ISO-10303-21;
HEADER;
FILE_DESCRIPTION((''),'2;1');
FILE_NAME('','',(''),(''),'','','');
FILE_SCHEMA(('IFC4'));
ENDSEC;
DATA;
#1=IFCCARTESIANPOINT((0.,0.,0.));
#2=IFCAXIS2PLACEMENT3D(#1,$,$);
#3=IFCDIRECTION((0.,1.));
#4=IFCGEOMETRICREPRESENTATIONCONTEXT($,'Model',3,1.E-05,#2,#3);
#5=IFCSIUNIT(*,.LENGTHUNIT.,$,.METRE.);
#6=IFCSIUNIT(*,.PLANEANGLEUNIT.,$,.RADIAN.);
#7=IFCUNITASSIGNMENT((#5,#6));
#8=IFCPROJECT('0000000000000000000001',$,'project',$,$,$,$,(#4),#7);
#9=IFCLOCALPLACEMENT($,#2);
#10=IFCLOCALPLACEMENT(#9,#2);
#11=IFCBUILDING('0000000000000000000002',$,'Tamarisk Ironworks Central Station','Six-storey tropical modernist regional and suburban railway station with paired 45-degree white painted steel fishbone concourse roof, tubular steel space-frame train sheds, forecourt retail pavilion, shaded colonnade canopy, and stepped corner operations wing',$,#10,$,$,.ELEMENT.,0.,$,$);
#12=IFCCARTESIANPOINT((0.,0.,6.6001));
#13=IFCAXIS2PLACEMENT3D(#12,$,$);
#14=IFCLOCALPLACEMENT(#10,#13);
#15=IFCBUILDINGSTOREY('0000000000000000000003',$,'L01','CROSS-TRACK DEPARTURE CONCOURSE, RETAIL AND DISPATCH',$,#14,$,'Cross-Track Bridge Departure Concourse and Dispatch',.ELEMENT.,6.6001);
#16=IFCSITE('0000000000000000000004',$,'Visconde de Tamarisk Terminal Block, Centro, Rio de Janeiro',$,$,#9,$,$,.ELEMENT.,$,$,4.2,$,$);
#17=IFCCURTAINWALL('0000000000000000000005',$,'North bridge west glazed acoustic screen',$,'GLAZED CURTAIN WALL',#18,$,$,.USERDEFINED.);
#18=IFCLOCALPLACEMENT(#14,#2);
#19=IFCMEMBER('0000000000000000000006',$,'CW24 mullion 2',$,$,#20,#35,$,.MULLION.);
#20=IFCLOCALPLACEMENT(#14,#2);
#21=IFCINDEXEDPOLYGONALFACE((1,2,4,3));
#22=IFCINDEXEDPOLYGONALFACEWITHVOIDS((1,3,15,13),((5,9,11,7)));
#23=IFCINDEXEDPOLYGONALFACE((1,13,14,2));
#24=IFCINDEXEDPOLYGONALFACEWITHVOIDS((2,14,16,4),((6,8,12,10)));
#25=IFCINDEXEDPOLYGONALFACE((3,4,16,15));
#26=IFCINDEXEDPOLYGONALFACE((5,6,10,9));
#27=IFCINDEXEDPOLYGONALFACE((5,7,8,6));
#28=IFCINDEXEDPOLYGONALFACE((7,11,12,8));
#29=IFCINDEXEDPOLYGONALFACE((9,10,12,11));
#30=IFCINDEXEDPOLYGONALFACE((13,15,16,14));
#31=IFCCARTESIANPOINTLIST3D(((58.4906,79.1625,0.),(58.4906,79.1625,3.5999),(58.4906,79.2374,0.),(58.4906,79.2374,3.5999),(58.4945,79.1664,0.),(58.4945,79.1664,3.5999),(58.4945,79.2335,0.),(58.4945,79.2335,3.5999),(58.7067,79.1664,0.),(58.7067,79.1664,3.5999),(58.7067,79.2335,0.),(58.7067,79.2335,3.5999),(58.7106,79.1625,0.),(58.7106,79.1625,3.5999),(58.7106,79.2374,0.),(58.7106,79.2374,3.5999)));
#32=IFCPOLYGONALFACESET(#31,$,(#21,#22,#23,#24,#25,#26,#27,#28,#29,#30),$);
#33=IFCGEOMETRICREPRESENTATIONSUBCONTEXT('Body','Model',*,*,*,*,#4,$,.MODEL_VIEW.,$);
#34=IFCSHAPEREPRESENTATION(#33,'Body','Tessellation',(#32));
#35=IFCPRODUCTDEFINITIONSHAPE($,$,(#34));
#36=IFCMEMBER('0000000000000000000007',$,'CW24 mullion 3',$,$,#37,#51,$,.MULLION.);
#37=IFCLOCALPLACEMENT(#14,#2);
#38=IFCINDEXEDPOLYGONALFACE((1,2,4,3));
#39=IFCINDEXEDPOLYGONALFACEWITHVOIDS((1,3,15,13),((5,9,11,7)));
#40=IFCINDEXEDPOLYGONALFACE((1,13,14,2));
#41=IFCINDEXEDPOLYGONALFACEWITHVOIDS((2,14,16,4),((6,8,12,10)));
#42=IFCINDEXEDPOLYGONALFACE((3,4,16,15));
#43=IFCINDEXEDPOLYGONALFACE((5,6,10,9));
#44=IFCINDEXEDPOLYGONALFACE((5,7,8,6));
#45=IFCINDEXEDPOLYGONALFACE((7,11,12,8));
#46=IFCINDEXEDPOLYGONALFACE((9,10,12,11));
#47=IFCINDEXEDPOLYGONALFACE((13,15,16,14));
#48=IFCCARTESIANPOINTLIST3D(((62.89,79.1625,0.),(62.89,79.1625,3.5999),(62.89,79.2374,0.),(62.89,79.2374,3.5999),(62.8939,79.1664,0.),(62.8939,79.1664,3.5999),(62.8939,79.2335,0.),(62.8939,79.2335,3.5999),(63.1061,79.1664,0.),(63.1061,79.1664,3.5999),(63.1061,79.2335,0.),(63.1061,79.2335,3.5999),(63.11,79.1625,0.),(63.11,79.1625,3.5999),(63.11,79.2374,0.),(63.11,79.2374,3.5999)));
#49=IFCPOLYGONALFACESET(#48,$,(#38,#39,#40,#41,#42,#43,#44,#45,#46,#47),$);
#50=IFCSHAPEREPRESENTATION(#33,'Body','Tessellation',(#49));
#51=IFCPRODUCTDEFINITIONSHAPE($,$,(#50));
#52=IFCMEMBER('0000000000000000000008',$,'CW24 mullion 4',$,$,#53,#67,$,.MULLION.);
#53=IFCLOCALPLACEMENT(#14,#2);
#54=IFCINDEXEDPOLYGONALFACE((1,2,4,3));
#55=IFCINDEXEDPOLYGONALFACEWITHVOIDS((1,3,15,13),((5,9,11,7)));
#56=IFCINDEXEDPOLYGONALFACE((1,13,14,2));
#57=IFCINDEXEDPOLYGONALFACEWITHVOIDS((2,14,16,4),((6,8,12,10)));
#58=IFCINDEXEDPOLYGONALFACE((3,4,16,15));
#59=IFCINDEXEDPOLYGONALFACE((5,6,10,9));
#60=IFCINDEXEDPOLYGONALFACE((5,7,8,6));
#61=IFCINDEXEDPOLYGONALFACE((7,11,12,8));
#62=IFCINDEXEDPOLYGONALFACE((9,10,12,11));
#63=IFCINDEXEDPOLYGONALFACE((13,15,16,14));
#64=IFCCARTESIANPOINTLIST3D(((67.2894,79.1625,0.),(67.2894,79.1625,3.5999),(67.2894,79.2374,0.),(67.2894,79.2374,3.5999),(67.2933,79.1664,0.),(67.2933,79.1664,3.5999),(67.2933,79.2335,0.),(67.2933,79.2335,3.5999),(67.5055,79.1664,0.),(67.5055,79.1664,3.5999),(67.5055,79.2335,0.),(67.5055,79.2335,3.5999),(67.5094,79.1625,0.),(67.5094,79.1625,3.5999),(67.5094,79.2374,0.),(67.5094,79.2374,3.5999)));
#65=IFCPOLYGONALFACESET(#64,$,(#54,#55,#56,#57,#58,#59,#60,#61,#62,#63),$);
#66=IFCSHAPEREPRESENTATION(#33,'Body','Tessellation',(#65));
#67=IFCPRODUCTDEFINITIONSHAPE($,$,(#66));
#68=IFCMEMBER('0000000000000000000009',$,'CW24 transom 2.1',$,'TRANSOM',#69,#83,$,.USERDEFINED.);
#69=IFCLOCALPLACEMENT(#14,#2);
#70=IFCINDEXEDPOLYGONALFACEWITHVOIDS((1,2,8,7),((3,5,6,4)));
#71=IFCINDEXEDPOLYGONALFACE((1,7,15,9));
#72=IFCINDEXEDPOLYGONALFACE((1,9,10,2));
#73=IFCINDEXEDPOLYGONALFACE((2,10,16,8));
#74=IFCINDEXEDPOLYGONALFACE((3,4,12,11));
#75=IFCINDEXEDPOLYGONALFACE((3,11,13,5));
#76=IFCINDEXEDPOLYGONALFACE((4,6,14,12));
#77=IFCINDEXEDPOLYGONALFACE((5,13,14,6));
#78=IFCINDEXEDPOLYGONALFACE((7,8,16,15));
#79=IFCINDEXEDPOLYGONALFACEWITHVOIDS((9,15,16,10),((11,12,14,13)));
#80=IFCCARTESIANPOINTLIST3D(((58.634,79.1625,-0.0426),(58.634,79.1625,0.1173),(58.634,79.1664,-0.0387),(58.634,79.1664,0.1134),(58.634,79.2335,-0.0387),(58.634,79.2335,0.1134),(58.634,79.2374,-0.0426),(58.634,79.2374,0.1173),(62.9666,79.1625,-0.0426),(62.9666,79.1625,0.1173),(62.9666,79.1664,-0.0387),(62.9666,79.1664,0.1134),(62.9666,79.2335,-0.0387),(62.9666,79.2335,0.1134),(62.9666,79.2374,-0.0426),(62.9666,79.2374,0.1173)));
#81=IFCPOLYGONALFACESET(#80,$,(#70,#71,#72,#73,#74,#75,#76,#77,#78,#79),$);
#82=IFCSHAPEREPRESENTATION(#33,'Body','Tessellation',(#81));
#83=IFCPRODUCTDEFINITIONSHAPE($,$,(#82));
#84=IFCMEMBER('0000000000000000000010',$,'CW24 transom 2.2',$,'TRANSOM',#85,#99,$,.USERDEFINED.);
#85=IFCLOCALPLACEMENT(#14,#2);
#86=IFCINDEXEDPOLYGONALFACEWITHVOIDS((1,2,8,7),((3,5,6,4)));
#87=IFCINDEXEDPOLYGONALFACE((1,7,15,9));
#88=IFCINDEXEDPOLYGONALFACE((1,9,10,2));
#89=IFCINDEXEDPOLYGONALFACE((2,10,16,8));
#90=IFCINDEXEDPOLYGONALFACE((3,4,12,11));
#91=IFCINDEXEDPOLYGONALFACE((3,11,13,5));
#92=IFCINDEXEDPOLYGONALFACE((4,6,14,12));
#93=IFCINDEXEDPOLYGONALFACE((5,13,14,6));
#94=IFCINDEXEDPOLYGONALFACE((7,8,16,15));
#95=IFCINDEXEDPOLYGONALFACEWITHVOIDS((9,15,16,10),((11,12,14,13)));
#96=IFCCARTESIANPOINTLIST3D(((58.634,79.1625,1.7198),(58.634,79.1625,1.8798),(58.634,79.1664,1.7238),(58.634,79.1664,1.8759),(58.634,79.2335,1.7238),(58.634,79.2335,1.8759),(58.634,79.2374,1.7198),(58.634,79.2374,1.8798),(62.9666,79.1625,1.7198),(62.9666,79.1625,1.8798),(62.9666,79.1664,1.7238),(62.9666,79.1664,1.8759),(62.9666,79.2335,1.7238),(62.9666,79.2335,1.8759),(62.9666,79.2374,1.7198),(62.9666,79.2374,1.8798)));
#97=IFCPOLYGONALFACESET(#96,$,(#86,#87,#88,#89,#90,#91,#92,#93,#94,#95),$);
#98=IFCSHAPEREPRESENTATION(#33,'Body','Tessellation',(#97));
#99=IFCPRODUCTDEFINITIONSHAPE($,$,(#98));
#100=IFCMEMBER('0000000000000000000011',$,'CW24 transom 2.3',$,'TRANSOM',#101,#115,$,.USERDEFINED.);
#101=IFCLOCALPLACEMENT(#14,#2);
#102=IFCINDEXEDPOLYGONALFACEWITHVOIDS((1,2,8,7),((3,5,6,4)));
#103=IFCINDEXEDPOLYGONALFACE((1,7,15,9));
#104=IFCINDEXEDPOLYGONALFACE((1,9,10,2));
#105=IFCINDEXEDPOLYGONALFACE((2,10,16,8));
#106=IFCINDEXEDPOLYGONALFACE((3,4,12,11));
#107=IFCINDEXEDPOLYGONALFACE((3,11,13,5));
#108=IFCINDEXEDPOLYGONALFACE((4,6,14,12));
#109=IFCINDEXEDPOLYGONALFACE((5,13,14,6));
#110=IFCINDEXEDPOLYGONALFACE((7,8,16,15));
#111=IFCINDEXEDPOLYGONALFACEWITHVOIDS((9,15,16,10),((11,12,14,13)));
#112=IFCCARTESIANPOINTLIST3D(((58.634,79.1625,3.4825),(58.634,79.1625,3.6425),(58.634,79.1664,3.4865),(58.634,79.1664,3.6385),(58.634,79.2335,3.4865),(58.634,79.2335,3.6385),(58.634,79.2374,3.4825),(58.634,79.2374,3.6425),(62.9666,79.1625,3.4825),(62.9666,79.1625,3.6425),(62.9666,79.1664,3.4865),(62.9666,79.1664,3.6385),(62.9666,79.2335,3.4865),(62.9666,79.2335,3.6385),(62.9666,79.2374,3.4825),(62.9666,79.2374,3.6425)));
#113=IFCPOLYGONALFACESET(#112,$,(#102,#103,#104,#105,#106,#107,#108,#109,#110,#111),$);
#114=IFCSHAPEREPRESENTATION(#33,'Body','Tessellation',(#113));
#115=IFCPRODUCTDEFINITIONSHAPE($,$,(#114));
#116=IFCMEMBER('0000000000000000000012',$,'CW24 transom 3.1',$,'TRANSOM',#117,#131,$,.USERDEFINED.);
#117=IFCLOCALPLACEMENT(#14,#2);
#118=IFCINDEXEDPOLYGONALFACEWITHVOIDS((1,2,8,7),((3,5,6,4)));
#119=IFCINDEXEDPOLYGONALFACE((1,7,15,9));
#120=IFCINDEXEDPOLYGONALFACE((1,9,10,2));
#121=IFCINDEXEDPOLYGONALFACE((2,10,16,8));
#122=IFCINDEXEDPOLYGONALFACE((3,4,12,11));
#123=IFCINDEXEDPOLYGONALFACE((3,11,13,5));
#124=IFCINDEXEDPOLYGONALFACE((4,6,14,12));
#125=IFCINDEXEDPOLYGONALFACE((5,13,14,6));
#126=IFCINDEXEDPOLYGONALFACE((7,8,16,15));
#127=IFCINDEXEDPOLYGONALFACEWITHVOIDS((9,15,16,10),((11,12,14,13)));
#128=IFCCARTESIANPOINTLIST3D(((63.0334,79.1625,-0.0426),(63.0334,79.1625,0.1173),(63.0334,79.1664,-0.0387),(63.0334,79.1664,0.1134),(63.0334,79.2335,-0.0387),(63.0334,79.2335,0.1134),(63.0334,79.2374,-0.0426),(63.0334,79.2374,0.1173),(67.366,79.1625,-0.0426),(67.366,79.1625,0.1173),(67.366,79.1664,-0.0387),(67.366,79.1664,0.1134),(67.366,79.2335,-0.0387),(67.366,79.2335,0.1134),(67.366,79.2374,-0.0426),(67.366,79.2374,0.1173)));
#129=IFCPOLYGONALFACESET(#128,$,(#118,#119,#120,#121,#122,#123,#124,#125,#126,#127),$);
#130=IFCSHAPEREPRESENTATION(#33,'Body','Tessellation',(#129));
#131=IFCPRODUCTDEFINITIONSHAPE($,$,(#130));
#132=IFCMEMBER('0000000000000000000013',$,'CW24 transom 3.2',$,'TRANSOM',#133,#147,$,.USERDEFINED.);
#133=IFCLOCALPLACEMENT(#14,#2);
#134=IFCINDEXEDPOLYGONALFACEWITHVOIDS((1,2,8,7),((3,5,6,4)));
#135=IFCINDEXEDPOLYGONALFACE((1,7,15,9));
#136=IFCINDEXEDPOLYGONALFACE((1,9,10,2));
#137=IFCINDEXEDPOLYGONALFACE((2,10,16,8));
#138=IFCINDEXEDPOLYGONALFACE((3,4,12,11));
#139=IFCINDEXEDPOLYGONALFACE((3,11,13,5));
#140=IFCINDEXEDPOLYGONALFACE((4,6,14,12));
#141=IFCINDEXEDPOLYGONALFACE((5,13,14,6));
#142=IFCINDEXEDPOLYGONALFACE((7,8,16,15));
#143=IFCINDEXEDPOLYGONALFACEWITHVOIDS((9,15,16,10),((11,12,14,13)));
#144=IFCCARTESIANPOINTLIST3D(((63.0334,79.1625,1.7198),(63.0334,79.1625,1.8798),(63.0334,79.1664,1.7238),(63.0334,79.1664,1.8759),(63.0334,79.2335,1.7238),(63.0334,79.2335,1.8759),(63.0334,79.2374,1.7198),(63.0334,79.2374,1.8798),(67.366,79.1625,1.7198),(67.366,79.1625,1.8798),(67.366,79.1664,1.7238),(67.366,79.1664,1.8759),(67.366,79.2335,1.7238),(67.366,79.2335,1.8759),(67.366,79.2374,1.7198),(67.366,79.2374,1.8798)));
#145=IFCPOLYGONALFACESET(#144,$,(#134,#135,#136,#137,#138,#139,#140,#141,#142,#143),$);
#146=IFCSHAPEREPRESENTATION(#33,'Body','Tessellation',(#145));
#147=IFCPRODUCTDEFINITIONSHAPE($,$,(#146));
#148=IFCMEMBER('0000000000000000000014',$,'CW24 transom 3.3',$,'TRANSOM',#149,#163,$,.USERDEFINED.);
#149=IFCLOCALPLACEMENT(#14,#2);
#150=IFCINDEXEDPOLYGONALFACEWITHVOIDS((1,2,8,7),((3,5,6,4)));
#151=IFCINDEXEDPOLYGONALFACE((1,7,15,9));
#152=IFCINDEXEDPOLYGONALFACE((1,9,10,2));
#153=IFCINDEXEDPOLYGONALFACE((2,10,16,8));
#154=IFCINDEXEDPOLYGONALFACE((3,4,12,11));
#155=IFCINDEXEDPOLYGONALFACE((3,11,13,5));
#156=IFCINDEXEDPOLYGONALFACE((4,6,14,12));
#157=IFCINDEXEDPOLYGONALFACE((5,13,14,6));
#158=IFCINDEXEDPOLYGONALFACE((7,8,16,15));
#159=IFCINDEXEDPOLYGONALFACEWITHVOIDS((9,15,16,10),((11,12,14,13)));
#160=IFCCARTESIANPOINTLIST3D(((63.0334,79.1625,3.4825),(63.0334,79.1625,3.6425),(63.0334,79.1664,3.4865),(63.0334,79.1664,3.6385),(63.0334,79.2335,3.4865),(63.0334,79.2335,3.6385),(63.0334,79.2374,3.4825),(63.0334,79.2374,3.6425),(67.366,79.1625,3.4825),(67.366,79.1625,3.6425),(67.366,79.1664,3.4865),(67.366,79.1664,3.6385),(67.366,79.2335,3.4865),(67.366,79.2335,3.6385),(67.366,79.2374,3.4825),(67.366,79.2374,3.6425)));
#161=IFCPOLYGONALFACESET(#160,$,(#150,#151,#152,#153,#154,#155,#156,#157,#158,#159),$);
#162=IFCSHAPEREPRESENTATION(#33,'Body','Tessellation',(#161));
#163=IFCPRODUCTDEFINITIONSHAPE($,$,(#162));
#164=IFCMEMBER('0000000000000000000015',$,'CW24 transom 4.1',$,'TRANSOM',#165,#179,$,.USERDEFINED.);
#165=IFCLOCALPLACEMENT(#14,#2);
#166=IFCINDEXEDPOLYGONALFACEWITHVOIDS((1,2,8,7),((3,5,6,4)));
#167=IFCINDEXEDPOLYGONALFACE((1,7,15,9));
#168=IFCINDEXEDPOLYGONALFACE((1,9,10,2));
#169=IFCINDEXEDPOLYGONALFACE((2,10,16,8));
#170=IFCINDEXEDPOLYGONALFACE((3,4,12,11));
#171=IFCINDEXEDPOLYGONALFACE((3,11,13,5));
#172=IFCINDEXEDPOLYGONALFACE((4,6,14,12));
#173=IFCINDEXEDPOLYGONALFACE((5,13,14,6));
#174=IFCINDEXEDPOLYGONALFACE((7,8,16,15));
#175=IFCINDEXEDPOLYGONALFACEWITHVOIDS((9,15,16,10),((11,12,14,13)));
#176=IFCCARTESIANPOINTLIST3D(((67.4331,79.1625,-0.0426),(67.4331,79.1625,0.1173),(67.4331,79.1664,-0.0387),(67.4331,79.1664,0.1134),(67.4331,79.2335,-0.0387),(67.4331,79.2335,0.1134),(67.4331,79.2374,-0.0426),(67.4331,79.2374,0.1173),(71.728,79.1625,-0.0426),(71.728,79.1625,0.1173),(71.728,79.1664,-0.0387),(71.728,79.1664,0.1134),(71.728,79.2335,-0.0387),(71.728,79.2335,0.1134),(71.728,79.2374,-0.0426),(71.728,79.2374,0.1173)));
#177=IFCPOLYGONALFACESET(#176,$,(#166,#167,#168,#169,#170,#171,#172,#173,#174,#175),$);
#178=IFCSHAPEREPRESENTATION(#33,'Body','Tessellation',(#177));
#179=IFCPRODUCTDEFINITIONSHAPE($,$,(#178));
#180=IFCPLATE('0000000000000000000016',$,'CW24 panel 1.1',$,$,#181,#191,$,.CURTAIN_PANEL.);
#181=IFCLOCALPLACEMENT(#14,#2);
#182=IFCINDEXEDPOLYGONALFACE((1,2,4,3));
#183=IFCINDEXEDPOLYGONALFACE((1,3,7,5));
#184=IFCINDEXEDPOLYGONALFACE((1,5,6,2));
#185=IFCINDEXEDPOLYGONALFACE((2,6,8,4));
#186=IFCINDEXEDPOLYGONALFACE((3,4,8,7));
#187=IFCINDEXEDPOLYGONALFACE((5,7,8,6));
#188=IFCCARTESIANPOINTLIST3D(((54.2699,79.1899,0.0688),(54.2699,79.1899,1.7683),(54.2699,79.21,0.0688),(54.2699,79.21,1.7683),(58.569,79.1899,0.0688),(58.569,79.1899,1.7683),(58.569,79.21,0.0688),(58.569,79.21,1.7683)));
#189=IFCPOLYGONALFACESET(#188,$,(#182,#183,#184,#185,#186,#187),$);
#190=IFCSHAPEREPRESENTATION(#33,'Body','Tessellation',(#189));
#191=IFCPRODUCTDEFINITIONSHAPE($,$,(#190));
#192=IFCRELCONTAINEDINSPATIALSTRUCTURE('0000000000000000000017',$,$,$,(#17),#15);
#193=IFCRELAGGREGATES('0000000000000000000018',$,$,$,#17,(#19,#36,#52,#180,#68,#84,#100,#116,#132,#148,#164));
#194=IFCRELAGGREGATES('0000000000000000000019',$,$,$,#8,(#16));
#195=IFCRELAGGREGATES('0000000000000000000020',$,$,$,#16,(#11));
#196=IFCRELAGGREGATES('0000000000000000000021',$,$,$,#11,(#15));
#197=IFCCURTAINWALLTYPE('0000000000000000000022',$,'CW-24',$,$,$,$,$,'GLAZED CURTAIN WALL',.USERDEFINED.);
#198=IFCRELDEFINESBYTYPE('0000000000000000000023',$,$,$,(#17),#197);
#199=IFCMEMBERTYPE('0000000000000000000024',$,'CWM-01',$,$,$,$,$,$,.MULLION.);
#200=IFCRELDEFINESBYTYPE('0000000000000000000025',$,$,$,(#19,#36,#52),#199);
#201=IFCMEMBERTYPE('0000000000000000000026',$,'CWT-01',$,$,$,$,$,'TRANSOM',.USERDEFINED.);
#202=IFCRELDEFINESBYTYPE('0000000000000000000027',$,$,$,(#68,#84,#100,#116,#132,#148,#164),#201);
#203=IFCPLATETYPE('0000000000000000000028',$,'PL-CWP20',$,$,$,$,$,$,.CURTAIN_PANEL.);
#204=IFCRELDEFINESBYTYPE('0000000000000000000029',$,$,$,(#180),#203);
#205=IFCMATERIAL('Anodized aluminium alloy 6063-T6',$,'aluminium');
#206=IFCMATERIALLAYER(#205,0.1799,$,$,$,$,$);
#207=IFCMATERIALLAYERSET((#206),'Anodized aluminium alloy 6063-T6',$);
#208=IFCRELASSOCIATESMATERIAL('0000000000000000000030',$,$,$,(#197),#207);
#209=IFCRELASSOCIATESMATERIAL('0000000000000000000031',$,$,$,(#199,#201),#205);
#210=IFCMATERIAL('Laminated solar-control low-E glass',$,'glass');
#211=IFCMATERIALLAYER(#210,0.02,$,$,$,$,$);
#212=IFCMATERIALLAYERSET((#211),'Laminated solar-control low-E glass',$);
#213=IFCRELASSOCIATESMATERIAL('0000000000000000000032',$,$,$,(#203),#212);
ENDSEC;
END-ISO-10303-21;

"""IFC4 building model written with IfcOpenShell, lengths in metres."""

from ifc_helpers import new_model, si_unit, direction, frame, origin, origin_2d, place, context, subcontext, project, spatial, rectangle, hollow_rectangle, extrude, material, layer, layer_set, material_profile, profile_set, type_object, element, aggregate, save


model = new_model("IFC4")

# Units and contexts
model_context = context("Model", 3, precision=1e-05, world=origin(), true_north=direction((0.0, 1.0)))
body_context = subcontext(model_context, "Body", "Model", "MODEL_VIEW")
ifc_project = project(units=[si_unit("LENGTHUNIT", "METRE"), si_unit("PLANEANGLEUNIT", "RADIAN")], contexts=[model_context])

# Site, building, storey
site_placement = place(None, origin())
site = spatial("IfcSite", under=ifc_project, at=site_placement, Name="Visconde de Tamarisk Terminal Block, Centro, Rio de Janeiro", CompositionType="ELEMENT", RefElevation=4.2)
building_placement = place(site_placement, origin())
building = spatial("IfcBuilding", under=site, at=building_placement, Name="Tamarisk Ironworks Central Station", Description="Six-storey tropical modernist regional and suburban railway station with paired 45-degree white painted steel fishbone concourse roof, tubular steel space-frame train sheds, forecourt retail pavilion, shaded colonnade canopy, and stepped corner operations wing", CompositionType="ELEMENT", ElevationOfRefHeight=0.0)
storey_placement = place(building_placement, frame((0.0, 0.0, 6.6001)))
storey = spatial("IfcBuildingStorey", under=building, at=storey_placement, Name="L01", Description="CROSS-TRACK DEPARTURE CONCOURSE, RETAIL AND DISPATCH", LongName="Cross-Track Bridge Departure Concourse and Dispatch", CompositionType="ELEMENT", Elevation=6.6001)

# Curtain wall, members, plate
ifc_material_1 = material(Name="Anodized aluminium alloy 6063-T6", Category="aluminium")
ifc_layer_1 = layer(ifc_material_1, 0.1799)
ifc_layer_set_1 = layer_set([ifc_layer_1], Name="Anodized aluminium alloy 6063-T6")
curtain_wall_type = type_object("IfcCurtainWallType", Name="CW-24", ElementType="GLAZED CURTAIN WALL", PredefinedType="USERDEFINED", material=ifc_layer_set_1)
curtain_wall_placement = place(storey_placement, origin())
curtain_wall = element("IfcCurtainWall", 1, at=curtain_wall_placement, inside=storey, type_object=curtain_wall_type, Name="North bridge west glazed acoustic screen", ObjectType="GLAZED CURTAIN WALL", PredefinedType="USERDEFINED")
ifc_material_profile_1 = material_profile(ifc_material_1, hollow_rectangle(XDim=0.075, YDim=0.22, WallThickness=0.0039, at=origin_2d()), Name="ALUM 220x75")
ifc_profile_set_1 = profile_set([ifc_material_profile_1], Name="Anodized aluminium alloy 6063-T6")
member_type_1 = type_object("IfcMemberType", Name="CWM-01", PredefinedType="MULLION", material=ifc_profile_set_1)
member_1_placement = place(storey_placement, frame((58.6006, 79.2, 0.0), z_axis=(0.0, 0.0, 1.0), x_axis=(0.0, 1.0, 0.0)))
member_1 = element("IfcMember", 2, at=member_1_placement, type_object=member_type_1, Name="CW24 mullion 2", PredefinedType="MULLION", context=body_context, shape_type="SweptSolid", body=[
    extrude(hollow_rectangle(XDim=0.075, YDim=0.22, WallThickness=0.0039, at=origin_2d()), origin(), (0.0, 0.0, 1.0), 3.5999),
])
member_2_placement = place(storey_placement, frame((63.0, 79.2, 0.0), z_axis=(0.0, 0.0, 1.0), x_axis=(0.0, 1.0, 0.0)))
member_2 = element("IfcMember", 3, at=member_2_placement, type_object=member_type_1, Name="CW24 mullion 3", PredefinedType="MULLION", context=body_context, shape_type="SweptSolid", body=[
    extrude(hollow_rectangle(XDim=0.075, YDim=0.22, WallThickness=0.0039, at=origin_2d()), origin(), (0.0, 0.0, 1.0), 3.5999),
])
member_3_placement = place(storey_placement, frame((67.3994, 79.2, 0.0), z_axis=(0.0, 0.0, 1.0), x_axis=(0.0, 1.0, 0.0)))
member_3 = element("IfcMember", 4, at=member_3_placement, type_object=member_type_1, Name="CW24 mullion 4", PredefinedType="MULLION", context=body_context, shape_type="SweptSolid", body=[
    extrude(hollow_rectangle(XDim=0.075, YDim=0.22, WallThickness=0.0039, at=origin_2d()), origin(), (0.0, 0.0, 1.0), 3.5999),
])
ifc_material_profile_2 = material_profile(ifc_material_1, hollow_rectangle(XDim=0.075, YDim=0.1599, WallThickness=0.0039, at=origin_2d()), Name="ALUM 160x75")
ifc_profile_set_2 = profile_set([ifc_material_profile_2], Name="Anodized aluminium alloy 6063-T6")
member_type_2 = type_object("IfcMemberType", Name="CWT-01", ElementType="TRANSOM", PredefinedType="USERDEFINED", material=ifc_profile_set_2)
member_4_placement = place(storey_placement, frame((58.634, 79.2, 0.0374), z_axis=(1.0, 0.0, 0.0), x_axis=(0.0, 1.0, 0.0)))
member_4 = element("IfcMember", 5, at=member_4_placement, type_object=member_type_2, Name="CW24 transom 2.1", ObjectType="TRANSOM", PredefinedType="USERDEFINED", context=body_context, shape_type="SweptSolid", body=[
    extrude(hollow_rectangle(XDim=0.075, YDim=0.1599, WallThickness=0.0039, at=origin_2d()), origin(), (0.0, 0.0, 1.0), 4.3325),
])
member_5_placement = place(storey_placement, frame((58.634, 79.2, 1.7998), z_axis=(1.0, 0.0, 0.0), x_axis=(0.0, 1.0, 0.0)))
member_5 = element("IfcMember", 6, at=member_5_placement, type_object=member_type_2, Name="CW24 transom 2.2", ObjectType="TRANSOM", PredefinedType="USERDEFINED", context=body_context, shape_type="SweptSolid", body=[
    extrude(hollow_rectangle(XDim=0.075, YDim=0.1599, WallThickness=0.0039, at=origin_2d()), origin(), (0.0, 0.0, 1.0), 4.3325),
])
member_6_placement = place(storey_placement, frame((58.634, 79.2, 3.5625), z_axis=(1.0, 0.0, 0.0), x_axis=(0.0, 1.0, 0.0)))
member_6 = element("IfcMember", 7, at=member_6_placement, type_object=member_type_2, Name="CW24 transom 2.3", ObjectType="TRANSOM", PredefinedType="USERDEFINED", context=body_context, shape_type="SweptSolid", body=[
    extrude(hollow_rectangle(XDim=0.075, YDim=0.1599, WallThickness=0.0039, at=origin_2d()), origin(), (0.0, 0.0, 1.0), 4.3325),
])
member_7_placement = place(storey_placement, frame((63.0334, 79.2, 0.0374), z_axis=(1.0, 0.0, 0.0), x_axis=(0.0, 1.0, 0.0)))
member_7 = element("IfcMember", 8, at=member_7_placement, type_object=member_type_2, Name="CW24 transom 3.1", ObjectType="TRANSOM", PredefinedType="USERDEFINED", context=body_context, shape_type="SweptSolid", body=[
    extrude(hollow_rectangle(XDim=0.075, YDim=0.1599, WallThickness=0.0039, at=origin_2d()), origin(), (0.0, 0.0, 1.0), 4.3325),
])
member_8_placement = place(storey_placement, frame((63.0334, 79.2, 1.7998), z_axis=(1.0, 0.0, 0.0), x_axis=(0.0, 1.0, 0.0)))
member_8 = element("IfcMember", 9, at=member_8_placement, type_object=member_type_2, Name="CW24 transom 3.2", ObjectType="TRANSOM", PredefinedType="USERDEFINED", context=body_context, shape_type="SweptSolid", body=[
    extrude(hollow_rectangle(XDim=0.075, YDim=0.1599, WallThickness=0.0039, at=origin_2d()), origin(), (0.0, 0.0, 1.0), 4.3325),
])
member_9_placement = place(storey_placement, frame((63.0334, 79.2, 3.5625), z_axis=(1.0, 0.0, 0.0), x_axis=(0.0, 1.0, 0.0)))
member_9 = element("IfcMember", 10, at=member_9_placement, type_object=member_type_2, Name="CW24 transom 3.3", ObjectType="TRANSOM", PredefinedType="USERDEFINED", context=body_context, shape_type="SweptSolid", body=[
    extrude(hollow_rectangle(XDim=0.075, YDim=0.1599, WallThickness=0.0039, at=origin_2d()), origin(), (0.0, 0.0, 1.0), 4.3325),
])
member_10_placement = place(storey_placement, frame((67.4331, 79.2, 0.0374), z_axis=(1.0, 0.0, 0.0), x_axis=(0.0, 1.0, 0.0)))
member_10 = element("IfcMember", 11, at=member_10_placement, type_object=member_type_2, Name="CW24 transom 4.1", ObjectType="TRANSOM", PredefinedType="USERDEFINED", context=body_context, shape_type="SweptSolid", body=[
    extrude(hollow_rectangle(XDim=0.075, YDim=0.1599, WallThickness=0.0039, at=origin_2d()), origin(), (0.0, 0.0, 1.0), 4.2949),
])
ifc_material_2 = material(Name="Laminated solar-control low-E glass", Category="glass")
ifc_layer_2 = layer(ifc_material_2, 0.02)
ifc_layer_set_2 = layer_set([ifc_layer_2], Name="Laminated solar-control low-E glass")
plate_type_1 = type_object("IfcPlateType", Name="PL-CWP20", PredefinedType="CURTAIN_PANEL", material=ifc_layer_set_2)
plate_1_placement = place(storey_placement, frame((56.4194, 79.2, 0.0688), z_axis=(0.0, 0.0, 1.0), x_axis=(1.0, 0.0, 0.0)))
plate_1 = element("IfcPlate", 12, at=plate_1_placement, type_object=plate_type_1, Name="CW24 panel 1.1", PredefinedType="CURTAIN_PANEL", context=body_context, shape_type="SweptSolid", body=[
    extrude(rectangle(XDim=4.2991, YDim=0.02, at=origin_2d()), origin(), (0.0, 0.0, 1.0), 1.6995),
])
aggregate(curtain_wall, [member_1, member_2, member_3, plate_1, member_4, member_5, member_6, member_7, member_8, member_9, member_10])

save(model, "model.ifc")
